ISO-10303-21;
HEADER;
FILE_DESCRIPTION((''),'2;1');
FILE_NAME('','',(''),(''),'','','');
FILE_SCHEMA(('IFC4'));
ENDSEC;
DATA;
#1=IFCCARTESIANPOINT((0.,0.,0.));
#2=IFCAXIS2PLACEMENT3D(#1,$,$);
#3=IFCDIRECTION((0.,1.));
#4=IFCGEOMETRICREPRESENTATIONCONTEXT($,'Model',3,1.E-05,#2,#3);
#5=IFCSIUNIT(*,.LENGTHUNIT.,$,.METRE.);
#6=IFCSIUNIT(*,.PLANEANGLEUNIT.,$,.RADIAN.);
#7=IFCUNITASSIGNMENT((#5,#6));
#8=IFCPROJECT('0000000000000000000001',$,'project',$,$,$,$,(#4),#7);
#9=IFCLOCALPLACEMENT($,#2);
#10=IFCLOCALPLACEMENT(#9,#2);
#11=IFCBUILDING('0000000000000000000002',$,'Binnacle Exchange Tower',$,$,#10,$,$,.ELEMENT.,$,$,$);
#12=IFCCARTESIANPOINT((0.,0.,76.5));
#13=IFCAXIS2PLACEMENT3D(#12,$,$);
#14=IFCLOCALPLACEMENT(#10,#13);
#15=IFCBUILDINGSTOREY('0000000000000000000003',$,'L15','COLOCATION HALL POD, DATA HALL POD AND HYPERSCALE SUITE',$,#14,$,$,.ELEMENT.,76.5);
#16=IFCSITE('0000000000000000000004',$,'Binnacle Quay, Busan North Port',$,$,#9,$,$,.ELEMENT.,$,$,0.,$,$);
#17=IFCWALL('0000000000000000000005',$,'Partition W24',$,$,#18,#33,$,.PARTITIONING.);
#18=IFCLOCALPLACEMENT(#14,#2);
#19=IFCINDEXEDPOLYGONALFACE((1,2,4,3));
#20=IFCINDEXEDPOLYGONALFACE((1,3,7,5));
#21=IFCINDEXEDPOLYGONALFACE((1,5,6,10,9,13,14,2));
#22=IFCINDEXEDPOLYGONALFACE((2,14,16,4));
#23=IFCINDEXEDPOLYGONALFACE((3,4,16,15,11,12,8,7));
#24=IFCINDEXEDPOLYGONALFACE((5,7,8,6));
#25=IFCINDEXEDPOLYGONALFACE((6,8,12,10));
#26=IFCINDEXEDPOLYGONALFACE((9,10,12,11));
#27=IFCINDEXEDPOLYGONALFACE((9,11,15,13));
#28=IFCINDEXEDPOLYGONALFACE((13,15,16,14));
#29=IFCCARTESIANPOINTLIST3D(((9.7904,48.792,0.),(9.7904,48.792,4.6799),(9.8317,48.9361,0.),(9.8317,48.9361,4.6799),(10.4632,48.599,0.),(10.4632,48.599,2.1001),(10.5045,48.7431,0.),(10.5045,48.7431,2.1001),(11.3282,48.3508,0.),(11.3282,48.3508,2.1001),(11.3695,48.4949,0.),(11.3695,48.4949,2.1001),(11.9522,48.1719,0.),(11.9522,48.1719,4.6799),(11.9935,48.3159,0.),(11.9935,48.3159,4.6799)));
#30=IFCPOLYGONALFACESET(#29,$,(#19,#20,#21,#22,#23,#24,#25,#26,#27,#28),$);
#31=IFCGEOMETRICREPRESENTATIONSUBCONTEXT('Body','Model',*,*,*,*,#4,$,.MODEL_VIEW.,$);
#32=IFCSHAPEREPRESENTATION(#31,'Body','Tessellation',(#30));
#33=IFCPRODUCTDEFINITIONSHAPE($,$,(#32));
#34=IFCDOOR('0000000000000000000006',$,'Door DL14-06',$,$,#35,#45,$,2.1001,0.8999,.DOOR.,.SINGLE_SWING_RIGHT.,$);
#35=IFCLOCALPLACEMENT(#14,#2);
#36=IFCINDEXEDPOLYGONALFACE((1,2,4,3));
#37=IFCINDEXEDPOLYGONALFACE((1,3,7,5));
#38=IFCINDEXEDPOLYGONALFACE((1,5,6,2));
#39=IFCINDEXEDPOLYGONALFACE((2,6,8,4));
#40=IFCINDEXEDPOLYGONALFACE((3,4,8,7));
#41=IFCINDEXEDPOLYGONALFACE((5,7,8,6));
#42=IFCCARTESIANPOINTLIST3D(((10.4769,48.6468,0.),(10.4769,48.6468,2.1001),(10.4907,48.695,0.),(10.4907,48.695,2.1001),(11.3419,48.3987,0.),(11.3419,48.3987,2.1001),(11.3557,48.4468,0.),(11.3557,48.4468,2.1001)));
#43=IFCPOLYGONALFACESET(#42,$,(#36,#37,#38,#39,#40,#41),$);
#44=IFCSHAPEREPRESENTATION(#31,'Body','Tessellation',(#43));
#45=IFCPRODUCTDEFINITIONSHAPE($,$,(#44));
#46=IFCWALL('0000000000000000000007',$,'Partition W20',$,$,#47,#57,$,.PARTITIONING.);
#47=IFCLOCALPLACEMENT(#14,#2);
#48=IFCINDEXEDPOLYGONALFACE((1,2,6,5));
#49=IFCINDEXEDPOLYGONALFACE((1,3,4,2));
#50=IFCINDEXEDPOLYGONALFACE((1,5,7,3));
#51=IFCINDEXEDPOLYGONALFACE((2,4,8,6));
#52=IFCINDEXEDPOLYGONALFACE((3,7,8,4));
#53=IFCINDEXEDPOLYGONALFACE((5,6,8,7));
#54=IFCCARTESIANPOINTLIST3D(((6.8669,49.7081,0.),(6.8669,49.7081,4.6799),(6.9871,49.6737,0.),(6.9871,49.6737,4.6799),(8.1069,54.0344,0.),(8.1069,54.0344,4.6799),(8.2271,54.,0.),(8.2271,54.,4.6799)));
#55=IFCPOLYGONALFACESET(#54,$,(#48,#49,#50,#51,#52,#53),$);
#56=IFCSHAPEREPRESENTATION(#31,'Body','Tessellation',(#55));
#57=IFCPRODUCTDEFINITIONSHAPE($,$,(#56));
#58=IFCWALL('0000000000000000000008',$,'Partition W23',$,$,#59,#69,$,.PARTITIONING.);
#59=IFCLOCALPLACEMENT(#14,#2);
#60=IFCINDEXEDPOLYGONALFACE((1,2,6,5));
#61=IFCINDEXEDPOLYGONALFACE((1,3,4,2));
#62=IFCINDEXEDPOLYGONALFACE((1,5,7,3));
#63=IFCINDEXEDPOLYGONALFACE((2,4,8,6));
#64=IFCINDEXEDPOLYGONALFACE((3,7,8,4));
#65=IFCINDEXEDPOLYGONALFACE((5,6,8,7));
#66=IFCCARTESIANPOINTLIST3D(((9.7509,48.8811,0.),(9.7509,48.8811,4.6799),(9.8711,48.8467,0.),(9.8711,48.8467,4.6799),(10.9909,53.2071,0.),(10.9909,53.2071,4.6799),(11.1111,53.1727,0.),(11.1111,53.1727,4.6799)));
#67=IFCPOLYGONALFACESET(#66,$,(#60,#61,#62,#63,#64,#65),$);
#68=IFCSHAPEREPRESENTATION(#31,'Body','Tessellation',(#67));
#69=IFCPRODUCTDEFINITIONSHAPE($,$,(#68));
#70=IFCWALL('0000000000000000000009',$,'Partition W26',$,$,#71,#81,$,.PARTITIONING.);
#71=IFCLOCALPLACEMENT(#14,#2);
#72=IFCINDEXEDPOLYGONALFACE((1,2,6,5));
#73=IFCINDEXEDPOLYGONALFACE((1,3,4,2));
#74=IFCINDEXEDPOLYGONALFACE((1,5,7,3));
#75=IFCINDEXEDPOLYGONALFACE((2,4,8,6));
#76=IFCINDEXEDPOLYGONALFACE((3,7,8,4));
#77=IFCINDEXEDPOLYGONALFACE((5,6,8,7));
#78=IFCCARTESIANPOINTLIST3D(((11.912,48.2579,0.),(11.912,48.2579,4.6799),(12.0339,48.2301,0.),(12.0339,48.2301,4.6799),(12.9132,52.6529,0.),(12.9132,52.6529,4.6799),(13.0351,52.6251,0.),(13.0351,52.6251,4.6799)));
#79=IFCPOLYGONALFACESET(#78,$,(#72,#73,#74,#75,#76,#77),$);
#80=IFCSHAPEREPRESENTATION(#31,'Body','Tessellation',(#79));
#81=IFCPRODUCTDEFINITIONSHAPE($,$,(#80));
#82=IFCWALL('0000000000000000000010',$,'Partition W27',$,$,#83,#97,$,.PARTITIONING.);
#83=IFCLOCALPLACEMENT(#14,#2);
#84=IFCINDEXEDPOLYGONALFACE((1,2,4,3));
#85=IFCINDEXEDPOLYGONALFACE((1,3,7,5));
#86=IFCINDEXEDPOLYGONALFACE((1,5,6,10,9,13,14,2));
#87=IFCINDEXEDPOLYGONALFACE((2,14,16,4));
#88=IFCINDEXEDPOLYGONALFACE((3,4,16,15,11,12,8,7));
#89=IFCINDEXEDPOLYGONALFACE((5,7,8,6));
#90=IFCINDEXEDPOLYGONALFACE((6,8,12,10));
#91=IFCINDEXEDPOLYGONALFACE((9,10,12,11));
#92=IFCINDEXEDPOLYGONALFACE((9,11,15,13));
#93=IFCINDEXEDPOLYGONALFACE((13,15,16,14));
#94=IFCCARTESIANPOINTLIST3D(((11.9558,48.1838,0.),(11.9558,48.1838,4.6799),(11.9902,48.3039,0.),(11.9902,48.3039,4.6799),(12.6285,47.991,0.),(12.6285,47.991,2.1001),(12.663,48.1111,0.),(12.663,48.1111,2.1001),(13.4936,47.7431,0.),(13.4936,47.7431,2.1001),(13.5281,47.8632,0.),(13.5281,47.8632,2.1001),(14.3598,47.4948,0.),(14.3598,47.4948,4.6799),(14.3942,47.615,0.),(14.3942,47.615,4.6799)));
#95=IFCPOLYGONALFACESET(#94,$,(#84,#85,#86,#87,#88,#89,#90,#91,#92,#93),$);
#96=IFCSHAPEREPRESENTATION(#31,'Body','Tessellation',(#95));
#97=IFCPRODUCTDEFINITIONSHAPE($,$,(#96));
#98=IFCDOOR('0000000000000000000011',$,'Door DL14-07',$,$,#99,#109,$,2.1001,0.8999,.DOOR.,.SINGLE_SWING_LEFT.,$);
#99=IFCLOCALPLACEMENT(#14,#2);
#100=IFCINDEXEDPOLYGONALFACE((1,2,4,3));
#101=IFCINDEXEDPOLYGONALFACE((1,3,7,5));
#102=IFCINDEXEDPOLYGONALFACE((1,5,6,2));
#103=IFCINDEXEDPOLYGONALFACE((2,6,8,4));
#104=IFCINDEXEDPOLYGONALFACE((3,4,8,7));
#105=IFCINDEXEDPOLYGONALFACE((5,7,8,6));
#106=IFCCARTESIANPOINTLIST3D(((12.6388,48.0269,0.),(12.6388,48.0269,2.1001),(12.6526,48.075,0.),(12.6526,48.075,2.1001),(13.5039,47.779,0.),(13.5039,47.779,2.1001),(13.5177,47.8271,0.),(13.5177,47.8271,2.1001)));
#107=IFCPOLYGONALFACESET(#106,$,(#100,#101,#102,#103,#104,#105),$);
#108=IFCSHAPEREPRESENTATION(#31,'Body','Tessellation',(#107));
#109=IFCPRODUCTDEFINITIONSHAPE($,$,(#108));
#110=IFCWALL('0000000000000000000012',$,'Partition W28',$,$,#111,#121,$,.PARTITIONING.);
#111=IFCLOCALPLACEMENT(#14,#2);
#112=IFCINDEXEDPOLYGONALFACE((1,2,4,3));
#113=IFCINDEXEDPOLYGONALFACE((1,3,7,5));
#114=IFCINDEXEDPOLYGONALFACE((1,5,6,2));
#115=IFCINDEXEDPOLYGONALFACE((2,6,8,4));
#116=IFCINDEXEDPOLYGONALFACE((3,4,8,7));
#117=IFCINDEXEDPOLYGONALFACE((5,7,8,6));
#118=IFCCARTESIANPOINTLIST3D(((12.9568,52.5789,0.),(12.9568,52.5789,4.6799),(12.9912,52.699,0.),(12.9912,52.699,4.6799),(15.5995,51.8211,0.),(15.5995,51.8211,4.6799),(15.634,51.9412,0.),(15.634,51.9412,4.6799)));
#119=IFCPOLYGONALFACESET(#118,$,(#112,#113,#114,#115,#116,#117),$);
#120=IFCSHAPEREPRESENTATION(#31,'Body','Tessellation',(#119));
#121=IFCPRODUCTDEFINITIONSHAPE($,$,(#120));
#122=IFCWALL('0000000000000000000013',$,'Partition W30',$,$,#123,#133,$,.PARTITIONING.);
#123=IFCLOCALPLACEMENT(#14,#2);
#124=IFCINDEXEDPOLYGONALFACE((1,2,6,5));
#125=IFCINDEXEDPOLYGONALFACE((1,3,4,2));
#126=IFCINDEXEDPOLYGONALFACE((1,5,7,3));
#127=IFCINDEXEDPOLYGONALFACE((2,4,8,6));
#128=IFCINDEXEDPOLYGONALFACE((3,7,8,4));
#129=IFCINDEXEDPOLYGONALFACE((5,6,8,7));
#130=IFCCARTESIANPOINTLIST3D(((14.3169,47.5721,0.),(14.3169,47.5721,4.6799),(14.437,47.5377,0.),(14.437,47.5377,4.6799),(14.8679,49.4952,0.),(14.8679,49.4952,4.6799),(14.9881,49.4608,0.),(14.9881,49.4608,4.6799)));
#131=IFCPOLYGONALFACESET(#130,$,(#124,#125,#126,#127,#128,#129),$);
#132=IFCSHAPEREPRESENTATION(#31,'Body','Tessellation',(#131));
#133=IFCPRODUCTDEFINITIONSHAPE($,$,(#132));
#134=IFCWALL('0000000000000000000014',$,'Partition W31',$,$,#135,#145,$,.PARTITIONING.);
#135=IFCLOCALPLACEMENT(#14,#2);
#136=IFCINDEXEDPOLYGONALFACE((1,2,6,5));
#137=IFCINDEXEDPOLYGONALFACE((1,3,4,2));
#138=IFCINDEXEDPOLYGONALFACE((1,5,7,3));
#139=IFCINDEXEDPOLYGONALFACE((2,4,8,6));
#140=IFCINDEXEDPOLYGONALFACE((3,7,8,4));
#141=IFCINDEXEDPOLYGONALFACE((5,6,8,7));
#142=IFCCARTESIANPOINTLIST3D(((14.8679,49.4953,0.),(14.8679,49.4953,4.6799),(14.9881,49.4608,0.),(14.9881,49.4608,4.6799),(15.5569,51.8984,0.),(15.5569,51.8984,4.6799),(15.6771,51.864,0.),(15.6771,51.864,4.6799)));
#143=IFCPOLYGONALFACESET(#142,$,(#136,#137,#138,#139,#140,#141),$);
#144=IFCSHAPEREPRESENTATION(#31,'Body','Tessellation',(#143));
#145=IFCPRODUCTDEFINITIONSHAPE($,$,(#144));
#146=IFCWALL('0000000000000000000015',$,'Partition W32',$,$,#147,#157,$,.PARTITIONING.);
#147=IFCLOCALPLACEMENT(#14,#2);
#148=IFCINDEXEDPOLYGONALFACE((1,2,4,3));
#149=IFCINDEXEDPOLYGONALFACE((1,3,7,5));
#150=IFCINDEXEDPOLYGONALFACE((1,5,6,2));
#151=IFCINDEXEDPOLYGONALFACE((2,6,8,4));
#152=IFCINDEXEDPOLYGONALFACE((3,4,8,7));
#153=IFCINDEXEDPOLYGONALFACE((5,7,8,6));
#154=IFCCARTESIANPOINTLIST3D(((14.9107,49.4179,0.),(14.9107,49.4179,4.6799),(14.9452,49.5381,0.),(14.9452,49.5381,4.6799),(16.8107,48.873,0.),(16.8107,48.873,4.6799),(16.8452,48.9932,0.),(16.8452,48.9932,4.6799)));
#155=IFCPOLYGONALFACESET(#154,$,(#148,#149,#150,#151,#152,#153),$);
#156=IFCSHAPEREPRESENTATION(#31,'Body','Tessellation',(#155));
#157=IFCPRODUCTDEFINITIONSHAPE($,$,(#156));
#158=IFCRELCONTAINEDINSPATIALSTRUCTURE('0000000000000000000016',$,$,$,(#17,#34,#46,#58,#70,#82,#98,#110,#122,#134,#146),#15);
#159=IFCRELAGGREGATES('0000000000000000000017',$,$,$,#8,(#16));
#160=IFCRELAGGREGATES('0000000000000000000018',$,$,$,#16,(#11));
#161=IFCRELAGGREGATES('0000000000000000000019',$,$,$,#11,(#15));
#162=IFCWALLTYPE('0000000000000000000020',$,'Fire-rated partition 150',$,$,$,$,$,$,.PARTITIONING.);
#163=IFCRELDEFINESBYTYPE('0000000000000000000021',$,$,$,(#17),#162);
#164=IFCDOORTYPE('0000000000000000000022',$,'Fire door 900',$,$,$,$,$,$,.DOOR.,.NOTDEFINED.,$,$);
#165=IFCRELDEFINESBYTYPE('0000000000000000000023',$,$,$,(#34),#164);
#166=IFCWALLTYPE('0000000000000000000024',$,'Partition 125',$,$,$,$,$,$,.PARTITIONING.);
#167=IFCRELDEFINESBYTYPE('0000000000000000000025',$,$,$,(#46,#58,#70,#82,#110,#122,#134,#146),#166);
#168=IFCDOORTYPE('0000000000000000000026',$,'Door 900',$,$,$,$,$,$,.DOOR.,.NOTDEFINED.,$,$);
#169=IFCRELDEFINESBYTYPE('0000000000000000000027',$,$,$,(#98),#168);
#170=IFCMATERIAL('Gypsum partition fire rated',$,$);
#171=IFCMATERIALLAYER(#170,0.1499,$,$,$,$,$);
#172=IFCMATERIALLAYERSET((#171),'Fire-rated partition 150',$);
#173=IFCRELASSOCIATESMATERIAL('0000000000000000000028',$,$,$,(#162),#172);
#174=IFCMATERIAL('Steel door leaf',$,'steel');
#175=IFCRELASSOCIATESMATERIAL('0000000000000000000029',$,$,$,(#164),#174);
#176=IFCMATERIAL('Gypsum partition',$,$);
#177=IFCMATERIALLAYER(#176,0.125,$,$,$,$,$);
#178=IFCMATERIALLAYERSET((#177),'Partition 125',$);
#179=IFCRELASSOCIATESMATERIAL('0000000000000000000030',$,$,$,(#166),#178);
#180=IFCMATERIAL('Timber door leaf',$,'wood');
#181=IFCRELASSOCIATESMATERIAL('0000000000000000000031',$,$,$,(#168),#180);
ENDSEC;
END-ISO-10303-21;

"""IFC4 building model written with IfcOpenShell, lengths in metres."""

from ifc_helpers import new_model, si_unit, direction, frame, frame_2d, origin, place, context, subcontext, project, spatial, rectangle, extrude, material, layer, layer_set, type_object, element, fill, save


model = new_model("IFC4")

# Units and contexts
model_context = context("Model", 3, precision=1e-05, world=origin(), true_north=direction((0.0, 1.0)))
body_context = subcontext(model_context, "Body", "Model", "MODEL_VIEW")
ifc_project = project(units=[si_unit("LENGTHUNIT", "METRE"), si_unit("PLANEANGLEUNIT", "RADIAN")], contexts=[model_context])

# Site, building, storey
site_placement = place(None, origin())
site = spatial("IfcSite", under=ifc_project, at=site_placement, Name="Binnacle Quay, Busan North Port", CompositionType="ELEMENT", RefElevation=0.0)
building_placement = place(site_placement, origin())
building = spatial("IfcBuilding", under=site, at=building_placement, Name="Binnacle Exchange Tower", CompositionType="ELEMENT")
storey_placement = place(building_placement, frame((0.0, 0.0, 76.5)))
storey = spatial("IfcBuildingStorey", under=building, at=storey_placement, Name="L15", Description="COLOCATION HALL POD, DATA HALL POD AND HYPERSCALE SUITE", CompositionType="ELEMENT", Elevation=76.5)

# Shared definitions
ifc_material_1 = material(Name="Steel door leaf", Category="steel")

# Wall, opening, door
ifc_material_2 = material(Name="Gypsum partition fire rated")
ifc_layer_1 = layer(ifc_material_2, 0.1499)
ifc_layer_set_1 = layer_set([ifc_layer_1], Name="Fire-rated partition 150")
wall_type_1 = type_object("IfcWallType", Name="Fire-rated partition 150", PredefinedType="PARTITIONING", material=ifc_layer_set_1)
door_type_1 = type_object("IfcDoorType", Name="Fire door 900", OperationType="NOTDEFINED", PredefinedType="DOOR", material=ifc_material_1)
wall_1_placement = place(storey_placement, frame((9.811, 48.864, 0.0), z_axis=(0.0, 0.0, 1.0), x_axis=(0.961237, -0.275725, 0.0)))
wall_1 = element("IfcWall", 1, at=wall_1_placement, inside=storey, type_object=wall_type_1, Name="Partition W24", PredefinedType="PARTITIONING", context=body_context, shape_type="SweptSolid", body=[
    extrude(rectangle(XDim=2.249, YDim=0.1499, at=frame_2d((1.1245, 0.0))), origin(), (0.0, 0.0, 1.0), 4.6799),
])
opening_1_placement = place(wall_1_placement, frame((0.7, 0.0, 0.0)))
opening_1 = element("IfcOpeningElement", 2, at=opening_1_placement, cuts=wall_1, PredefinedType="OPENING", context=body_context, shape_type="SweptSolid", body=[
    extrude(rectangle(XDim=0.8999, YDim=2.1001, at=frame_2d((0.45, 1.05))), frame((0.0, 0.085, 0.0), z_axis=(0.0, -1.0, 0.0), x_axis=(1.0, 0.0, 0.0)), (0.0, 0.0, 1.0), 0.1699),
])
door_1_placement = place(opening_1_placement, origin())
door_1 = element("IfcDoor", 3, at=door_1_placement, inside=storey, type_object=door_type_1, Name="Door DL14-06", OperationType="SINGLE_SWING_RIGHT", OverallHeight=2.1001, OverallWidth=0.8999, PredefinedType="DOOR", context=body_context, shape_type="SweptSolid", body=[
    extrude(rectangle(XDim=0.8999, YDim=2.1001, at=frame_2d((0.45, 1.05))), frame((0.0, 0.0249, 0.0), z_axis=(0.0, -1.0, 0.0), x_axis=(1.0, 0.0, 0.0)), (0.0, 0.0, 1.0), 0.05),
])
fill(opening_1, door_1)

# Walls
ifc_material_3 = material(Name="Gypsum partition")
ifc_layer_2 = layer(ifc_material_3, 0.125)
ifc_layer_set_2 = layer_set([ifc_layer_2], Name="Partition 125")
wall_type_2 = type_object("IfcWallType", Name="Partition 125", PredefinedType="PARTITIONING", material=ifc_layer_set_2)
wall_2_placement = place(storey_placement, frame((6.927, 49.6909, 0.0), z_axis=(0.0, 0.0, 1.0), x_axis=(0.275531, 0.961292, 0.0)))
element("IfcWall", 4, at=wall_2_placement, inside=storey, type_object=wall_type_2, Name="Partition W20", PredefinedType="PARTITIONING", context=body_context, shape_type="SweptSolid", body=[
    extrude(rectangle(XDim=4.5005, YDim=0.125, at=frame_2d((2.2502, 0.0))), origin(), (0.0, 0.0, 1.0), 4.6799),
])
wall_3_placement = place(storey_placement, frame((9.811, 48.864, 0.0), z_axis=(0.0, 0.0, 1.0), x_axis=(0.275545, 0.961288, 0.0)))
element("IfcWall", 5, at=wall_3_placement, inside=storey, type_object=wall_type_2, Name="Partition W23", PredefinedType="PARTITIONING", context=body_context, shape_type="SweptSolid", body=[
    extrude(rectangle(XDim=4.5002, YDim=0.125, at=frame_2d((2.25, 0.0))), origin(), (0.0, 0.0, 1.0), 4.6799),
])
wall_4_placement = place(storey_placement, frame((11.9729, 48.2439, 0.0), z_axis=(0.0, 0.0, 1.0), x_axis=(0.222117, 0.97502, 0.0)))
element("IfcWall", 6, at=wall_4_placement, inside=storey, type_object=wall_type_2, Name="Partition W26", PredefinedType="PARTITIONING", context=body_context, shape_type="SweptSolid", body=[
    extrude(rectangle(XDim=4.5076, YDim=0.125, at=frame_2d((2.2539, 0.0))), origin(), (0.0, 0.0, 1.0), 4.6799),
])

# Wall, opening, door
wall_5_placement = place(storey_placement, frame((11.9729, 48.2439, 0.0), z_axis=(0.0, 0.0, 1.0), x_axis=(0.961303, -0.275495, 0.0)))
wall_5 = element("IfcWall", 7, at=wall_5_placement, inside=storey, type_object=wall_type_2, Name="Partition W27", PredefinedType="PARTITIONING", context=body_context, shape_type="SweptSolid", body=[
    extrude(rectangle(XDim=2.5007, YDim=0.125, at=frame_2d((1.2505, 0.0))), origin(), (0.0, 0.0, 1.0), 4.6799),
])
opening_2_placement = place(wall_5_placement, frame((0.7, 0.0, 0.0)))
opening_2 = element("IfcOpeningElement", 8, at=opening_2_placement, cuts=wall_5, PredefinedType="OPENING", context=body_context, shape_type="SweptSolid", body=[
    extrude(rectangle(XDim=0.8999, YDim=2.1001, at=frame_2d((0.45, 1.05))), frame((0.0, 0.0725, 0.0), z_axis=(0.0, -1.0, 0.0), x_axis=(1.0, 0.0, 0.0)), (0.0, 0.0, 1.0), 0.145),
])
ifc_material_4 = material(Name="Timber door leaf", Category="wood")
door_type_2 = type_object("IfcDoorType", Name="Door 900", OperationType="NOTDEFINED", PredefinedType="DOOR", material=ifc_material_4)
door_2_placement = place(opening_2_placement, origin())
door_2 = element("IfcDoor", 9, at=door_2_placement, inside=storey, type_object=door_type_2, Name="Door DL14-07", OperationType="SINGLE_SWING_LEFT", OverallHeight=2.1001, OverallWidth=0.8999, PredefinedType="DOOR", context=body_context, shape_type="SweptSolid", body=[
    extrude(rectangle(XDim=0.8999, YDim=2.1001, at=frame_2d((0.45, 1.05))), frame((0.0, 0.0249, 0.0), z_axis=(0.0, -1.0, 0.0), x_axis=(1.0, 0.0, 0.0)), (0.0, 0.0, 1.0), 0.05),
])
fill(opening_2, door_2)

# Walls
wall_6_placement = place(storey_placement, frame((12.9741, 52.6389, 0.0), z_axis=(0.0, 0.0, 1.0), x_axis=(0.961262, -0.275636, 0.0)))
element("IfcWall", 10, at=wall_6_placement, inside=storey, type_object=wall_type_2, Name="Partition W28", PredefinedType="PARTITIONING", context=body_context, shape_type="SweptSolid", body=[
    extrude(rectangle(XDim=2.7493, YDim=0.125, at=frame_2d((1.3745, 0.0))), origin(), (0.0, 0.0, 1.0), 4.6799),
])
wall_7_placement = place(storey_placement, frame((14.377, 47.5549, 0.0), z_axis=(0.0, 0.0, 1.0), x_axis=(0.275446, 0.961316, 0.0)))
element("IfcWall", 11, at=wall_7_placement, inside=storey, type_object=wall_type_2, Name="Partition W30", PredefinedType="PARTITIONING", context=body_context, shape_type="SweptSolid", body=[
    extrude(rectangle(XDim=2.0005, YDim=0.125, at=frame_2d((1.0002, 0.0))), origin(), (0.0, 0.0, 1.0), 4.6799),
])
wall_8_placement = place(storey_placement, frame((14.928, 49.478, 0.0), z_axis=(0.0, 0.0, 1.0), x_axis=(0.275598, 0.961273, 0.0)))
element("IfcWall", 12, at=wall_8_placement, inside=storey, type_object=wall_type_2, Name="Partition W31", PredefinedType="PARTITIONING", context=body_context, shape_type="SweptSolid", body=[
    extrude(rectangle(XDim=2.5, YDim=0.125, at=frame_2d((1.25, 0.0))), origin(), (0.0, 0.0, 1.0), 4.6799),
])
wall_9_placement = place(storey_placement, frame((14.928, 49.478, 0.0), z_axis=(0.0, 0.0, 1.0), x_axis=(0.961244, -0.2757, 0.0)))
element("IfcWall", 13, at=wall_9_placement, inside=storey, type_object=wall_type_2, Name="Partition W32", PredefinedType="PARTITIONING", context=body_context, shape_type="SweptSolid", body=[
    extrude(rectangle(XDim=1.9766, YDim=0.125, at=frame_2d((0.9883, 0.0))), origin(), (0.0, 0.0, 1.0), 4.6799),
])

save(model, "model.ifc")
